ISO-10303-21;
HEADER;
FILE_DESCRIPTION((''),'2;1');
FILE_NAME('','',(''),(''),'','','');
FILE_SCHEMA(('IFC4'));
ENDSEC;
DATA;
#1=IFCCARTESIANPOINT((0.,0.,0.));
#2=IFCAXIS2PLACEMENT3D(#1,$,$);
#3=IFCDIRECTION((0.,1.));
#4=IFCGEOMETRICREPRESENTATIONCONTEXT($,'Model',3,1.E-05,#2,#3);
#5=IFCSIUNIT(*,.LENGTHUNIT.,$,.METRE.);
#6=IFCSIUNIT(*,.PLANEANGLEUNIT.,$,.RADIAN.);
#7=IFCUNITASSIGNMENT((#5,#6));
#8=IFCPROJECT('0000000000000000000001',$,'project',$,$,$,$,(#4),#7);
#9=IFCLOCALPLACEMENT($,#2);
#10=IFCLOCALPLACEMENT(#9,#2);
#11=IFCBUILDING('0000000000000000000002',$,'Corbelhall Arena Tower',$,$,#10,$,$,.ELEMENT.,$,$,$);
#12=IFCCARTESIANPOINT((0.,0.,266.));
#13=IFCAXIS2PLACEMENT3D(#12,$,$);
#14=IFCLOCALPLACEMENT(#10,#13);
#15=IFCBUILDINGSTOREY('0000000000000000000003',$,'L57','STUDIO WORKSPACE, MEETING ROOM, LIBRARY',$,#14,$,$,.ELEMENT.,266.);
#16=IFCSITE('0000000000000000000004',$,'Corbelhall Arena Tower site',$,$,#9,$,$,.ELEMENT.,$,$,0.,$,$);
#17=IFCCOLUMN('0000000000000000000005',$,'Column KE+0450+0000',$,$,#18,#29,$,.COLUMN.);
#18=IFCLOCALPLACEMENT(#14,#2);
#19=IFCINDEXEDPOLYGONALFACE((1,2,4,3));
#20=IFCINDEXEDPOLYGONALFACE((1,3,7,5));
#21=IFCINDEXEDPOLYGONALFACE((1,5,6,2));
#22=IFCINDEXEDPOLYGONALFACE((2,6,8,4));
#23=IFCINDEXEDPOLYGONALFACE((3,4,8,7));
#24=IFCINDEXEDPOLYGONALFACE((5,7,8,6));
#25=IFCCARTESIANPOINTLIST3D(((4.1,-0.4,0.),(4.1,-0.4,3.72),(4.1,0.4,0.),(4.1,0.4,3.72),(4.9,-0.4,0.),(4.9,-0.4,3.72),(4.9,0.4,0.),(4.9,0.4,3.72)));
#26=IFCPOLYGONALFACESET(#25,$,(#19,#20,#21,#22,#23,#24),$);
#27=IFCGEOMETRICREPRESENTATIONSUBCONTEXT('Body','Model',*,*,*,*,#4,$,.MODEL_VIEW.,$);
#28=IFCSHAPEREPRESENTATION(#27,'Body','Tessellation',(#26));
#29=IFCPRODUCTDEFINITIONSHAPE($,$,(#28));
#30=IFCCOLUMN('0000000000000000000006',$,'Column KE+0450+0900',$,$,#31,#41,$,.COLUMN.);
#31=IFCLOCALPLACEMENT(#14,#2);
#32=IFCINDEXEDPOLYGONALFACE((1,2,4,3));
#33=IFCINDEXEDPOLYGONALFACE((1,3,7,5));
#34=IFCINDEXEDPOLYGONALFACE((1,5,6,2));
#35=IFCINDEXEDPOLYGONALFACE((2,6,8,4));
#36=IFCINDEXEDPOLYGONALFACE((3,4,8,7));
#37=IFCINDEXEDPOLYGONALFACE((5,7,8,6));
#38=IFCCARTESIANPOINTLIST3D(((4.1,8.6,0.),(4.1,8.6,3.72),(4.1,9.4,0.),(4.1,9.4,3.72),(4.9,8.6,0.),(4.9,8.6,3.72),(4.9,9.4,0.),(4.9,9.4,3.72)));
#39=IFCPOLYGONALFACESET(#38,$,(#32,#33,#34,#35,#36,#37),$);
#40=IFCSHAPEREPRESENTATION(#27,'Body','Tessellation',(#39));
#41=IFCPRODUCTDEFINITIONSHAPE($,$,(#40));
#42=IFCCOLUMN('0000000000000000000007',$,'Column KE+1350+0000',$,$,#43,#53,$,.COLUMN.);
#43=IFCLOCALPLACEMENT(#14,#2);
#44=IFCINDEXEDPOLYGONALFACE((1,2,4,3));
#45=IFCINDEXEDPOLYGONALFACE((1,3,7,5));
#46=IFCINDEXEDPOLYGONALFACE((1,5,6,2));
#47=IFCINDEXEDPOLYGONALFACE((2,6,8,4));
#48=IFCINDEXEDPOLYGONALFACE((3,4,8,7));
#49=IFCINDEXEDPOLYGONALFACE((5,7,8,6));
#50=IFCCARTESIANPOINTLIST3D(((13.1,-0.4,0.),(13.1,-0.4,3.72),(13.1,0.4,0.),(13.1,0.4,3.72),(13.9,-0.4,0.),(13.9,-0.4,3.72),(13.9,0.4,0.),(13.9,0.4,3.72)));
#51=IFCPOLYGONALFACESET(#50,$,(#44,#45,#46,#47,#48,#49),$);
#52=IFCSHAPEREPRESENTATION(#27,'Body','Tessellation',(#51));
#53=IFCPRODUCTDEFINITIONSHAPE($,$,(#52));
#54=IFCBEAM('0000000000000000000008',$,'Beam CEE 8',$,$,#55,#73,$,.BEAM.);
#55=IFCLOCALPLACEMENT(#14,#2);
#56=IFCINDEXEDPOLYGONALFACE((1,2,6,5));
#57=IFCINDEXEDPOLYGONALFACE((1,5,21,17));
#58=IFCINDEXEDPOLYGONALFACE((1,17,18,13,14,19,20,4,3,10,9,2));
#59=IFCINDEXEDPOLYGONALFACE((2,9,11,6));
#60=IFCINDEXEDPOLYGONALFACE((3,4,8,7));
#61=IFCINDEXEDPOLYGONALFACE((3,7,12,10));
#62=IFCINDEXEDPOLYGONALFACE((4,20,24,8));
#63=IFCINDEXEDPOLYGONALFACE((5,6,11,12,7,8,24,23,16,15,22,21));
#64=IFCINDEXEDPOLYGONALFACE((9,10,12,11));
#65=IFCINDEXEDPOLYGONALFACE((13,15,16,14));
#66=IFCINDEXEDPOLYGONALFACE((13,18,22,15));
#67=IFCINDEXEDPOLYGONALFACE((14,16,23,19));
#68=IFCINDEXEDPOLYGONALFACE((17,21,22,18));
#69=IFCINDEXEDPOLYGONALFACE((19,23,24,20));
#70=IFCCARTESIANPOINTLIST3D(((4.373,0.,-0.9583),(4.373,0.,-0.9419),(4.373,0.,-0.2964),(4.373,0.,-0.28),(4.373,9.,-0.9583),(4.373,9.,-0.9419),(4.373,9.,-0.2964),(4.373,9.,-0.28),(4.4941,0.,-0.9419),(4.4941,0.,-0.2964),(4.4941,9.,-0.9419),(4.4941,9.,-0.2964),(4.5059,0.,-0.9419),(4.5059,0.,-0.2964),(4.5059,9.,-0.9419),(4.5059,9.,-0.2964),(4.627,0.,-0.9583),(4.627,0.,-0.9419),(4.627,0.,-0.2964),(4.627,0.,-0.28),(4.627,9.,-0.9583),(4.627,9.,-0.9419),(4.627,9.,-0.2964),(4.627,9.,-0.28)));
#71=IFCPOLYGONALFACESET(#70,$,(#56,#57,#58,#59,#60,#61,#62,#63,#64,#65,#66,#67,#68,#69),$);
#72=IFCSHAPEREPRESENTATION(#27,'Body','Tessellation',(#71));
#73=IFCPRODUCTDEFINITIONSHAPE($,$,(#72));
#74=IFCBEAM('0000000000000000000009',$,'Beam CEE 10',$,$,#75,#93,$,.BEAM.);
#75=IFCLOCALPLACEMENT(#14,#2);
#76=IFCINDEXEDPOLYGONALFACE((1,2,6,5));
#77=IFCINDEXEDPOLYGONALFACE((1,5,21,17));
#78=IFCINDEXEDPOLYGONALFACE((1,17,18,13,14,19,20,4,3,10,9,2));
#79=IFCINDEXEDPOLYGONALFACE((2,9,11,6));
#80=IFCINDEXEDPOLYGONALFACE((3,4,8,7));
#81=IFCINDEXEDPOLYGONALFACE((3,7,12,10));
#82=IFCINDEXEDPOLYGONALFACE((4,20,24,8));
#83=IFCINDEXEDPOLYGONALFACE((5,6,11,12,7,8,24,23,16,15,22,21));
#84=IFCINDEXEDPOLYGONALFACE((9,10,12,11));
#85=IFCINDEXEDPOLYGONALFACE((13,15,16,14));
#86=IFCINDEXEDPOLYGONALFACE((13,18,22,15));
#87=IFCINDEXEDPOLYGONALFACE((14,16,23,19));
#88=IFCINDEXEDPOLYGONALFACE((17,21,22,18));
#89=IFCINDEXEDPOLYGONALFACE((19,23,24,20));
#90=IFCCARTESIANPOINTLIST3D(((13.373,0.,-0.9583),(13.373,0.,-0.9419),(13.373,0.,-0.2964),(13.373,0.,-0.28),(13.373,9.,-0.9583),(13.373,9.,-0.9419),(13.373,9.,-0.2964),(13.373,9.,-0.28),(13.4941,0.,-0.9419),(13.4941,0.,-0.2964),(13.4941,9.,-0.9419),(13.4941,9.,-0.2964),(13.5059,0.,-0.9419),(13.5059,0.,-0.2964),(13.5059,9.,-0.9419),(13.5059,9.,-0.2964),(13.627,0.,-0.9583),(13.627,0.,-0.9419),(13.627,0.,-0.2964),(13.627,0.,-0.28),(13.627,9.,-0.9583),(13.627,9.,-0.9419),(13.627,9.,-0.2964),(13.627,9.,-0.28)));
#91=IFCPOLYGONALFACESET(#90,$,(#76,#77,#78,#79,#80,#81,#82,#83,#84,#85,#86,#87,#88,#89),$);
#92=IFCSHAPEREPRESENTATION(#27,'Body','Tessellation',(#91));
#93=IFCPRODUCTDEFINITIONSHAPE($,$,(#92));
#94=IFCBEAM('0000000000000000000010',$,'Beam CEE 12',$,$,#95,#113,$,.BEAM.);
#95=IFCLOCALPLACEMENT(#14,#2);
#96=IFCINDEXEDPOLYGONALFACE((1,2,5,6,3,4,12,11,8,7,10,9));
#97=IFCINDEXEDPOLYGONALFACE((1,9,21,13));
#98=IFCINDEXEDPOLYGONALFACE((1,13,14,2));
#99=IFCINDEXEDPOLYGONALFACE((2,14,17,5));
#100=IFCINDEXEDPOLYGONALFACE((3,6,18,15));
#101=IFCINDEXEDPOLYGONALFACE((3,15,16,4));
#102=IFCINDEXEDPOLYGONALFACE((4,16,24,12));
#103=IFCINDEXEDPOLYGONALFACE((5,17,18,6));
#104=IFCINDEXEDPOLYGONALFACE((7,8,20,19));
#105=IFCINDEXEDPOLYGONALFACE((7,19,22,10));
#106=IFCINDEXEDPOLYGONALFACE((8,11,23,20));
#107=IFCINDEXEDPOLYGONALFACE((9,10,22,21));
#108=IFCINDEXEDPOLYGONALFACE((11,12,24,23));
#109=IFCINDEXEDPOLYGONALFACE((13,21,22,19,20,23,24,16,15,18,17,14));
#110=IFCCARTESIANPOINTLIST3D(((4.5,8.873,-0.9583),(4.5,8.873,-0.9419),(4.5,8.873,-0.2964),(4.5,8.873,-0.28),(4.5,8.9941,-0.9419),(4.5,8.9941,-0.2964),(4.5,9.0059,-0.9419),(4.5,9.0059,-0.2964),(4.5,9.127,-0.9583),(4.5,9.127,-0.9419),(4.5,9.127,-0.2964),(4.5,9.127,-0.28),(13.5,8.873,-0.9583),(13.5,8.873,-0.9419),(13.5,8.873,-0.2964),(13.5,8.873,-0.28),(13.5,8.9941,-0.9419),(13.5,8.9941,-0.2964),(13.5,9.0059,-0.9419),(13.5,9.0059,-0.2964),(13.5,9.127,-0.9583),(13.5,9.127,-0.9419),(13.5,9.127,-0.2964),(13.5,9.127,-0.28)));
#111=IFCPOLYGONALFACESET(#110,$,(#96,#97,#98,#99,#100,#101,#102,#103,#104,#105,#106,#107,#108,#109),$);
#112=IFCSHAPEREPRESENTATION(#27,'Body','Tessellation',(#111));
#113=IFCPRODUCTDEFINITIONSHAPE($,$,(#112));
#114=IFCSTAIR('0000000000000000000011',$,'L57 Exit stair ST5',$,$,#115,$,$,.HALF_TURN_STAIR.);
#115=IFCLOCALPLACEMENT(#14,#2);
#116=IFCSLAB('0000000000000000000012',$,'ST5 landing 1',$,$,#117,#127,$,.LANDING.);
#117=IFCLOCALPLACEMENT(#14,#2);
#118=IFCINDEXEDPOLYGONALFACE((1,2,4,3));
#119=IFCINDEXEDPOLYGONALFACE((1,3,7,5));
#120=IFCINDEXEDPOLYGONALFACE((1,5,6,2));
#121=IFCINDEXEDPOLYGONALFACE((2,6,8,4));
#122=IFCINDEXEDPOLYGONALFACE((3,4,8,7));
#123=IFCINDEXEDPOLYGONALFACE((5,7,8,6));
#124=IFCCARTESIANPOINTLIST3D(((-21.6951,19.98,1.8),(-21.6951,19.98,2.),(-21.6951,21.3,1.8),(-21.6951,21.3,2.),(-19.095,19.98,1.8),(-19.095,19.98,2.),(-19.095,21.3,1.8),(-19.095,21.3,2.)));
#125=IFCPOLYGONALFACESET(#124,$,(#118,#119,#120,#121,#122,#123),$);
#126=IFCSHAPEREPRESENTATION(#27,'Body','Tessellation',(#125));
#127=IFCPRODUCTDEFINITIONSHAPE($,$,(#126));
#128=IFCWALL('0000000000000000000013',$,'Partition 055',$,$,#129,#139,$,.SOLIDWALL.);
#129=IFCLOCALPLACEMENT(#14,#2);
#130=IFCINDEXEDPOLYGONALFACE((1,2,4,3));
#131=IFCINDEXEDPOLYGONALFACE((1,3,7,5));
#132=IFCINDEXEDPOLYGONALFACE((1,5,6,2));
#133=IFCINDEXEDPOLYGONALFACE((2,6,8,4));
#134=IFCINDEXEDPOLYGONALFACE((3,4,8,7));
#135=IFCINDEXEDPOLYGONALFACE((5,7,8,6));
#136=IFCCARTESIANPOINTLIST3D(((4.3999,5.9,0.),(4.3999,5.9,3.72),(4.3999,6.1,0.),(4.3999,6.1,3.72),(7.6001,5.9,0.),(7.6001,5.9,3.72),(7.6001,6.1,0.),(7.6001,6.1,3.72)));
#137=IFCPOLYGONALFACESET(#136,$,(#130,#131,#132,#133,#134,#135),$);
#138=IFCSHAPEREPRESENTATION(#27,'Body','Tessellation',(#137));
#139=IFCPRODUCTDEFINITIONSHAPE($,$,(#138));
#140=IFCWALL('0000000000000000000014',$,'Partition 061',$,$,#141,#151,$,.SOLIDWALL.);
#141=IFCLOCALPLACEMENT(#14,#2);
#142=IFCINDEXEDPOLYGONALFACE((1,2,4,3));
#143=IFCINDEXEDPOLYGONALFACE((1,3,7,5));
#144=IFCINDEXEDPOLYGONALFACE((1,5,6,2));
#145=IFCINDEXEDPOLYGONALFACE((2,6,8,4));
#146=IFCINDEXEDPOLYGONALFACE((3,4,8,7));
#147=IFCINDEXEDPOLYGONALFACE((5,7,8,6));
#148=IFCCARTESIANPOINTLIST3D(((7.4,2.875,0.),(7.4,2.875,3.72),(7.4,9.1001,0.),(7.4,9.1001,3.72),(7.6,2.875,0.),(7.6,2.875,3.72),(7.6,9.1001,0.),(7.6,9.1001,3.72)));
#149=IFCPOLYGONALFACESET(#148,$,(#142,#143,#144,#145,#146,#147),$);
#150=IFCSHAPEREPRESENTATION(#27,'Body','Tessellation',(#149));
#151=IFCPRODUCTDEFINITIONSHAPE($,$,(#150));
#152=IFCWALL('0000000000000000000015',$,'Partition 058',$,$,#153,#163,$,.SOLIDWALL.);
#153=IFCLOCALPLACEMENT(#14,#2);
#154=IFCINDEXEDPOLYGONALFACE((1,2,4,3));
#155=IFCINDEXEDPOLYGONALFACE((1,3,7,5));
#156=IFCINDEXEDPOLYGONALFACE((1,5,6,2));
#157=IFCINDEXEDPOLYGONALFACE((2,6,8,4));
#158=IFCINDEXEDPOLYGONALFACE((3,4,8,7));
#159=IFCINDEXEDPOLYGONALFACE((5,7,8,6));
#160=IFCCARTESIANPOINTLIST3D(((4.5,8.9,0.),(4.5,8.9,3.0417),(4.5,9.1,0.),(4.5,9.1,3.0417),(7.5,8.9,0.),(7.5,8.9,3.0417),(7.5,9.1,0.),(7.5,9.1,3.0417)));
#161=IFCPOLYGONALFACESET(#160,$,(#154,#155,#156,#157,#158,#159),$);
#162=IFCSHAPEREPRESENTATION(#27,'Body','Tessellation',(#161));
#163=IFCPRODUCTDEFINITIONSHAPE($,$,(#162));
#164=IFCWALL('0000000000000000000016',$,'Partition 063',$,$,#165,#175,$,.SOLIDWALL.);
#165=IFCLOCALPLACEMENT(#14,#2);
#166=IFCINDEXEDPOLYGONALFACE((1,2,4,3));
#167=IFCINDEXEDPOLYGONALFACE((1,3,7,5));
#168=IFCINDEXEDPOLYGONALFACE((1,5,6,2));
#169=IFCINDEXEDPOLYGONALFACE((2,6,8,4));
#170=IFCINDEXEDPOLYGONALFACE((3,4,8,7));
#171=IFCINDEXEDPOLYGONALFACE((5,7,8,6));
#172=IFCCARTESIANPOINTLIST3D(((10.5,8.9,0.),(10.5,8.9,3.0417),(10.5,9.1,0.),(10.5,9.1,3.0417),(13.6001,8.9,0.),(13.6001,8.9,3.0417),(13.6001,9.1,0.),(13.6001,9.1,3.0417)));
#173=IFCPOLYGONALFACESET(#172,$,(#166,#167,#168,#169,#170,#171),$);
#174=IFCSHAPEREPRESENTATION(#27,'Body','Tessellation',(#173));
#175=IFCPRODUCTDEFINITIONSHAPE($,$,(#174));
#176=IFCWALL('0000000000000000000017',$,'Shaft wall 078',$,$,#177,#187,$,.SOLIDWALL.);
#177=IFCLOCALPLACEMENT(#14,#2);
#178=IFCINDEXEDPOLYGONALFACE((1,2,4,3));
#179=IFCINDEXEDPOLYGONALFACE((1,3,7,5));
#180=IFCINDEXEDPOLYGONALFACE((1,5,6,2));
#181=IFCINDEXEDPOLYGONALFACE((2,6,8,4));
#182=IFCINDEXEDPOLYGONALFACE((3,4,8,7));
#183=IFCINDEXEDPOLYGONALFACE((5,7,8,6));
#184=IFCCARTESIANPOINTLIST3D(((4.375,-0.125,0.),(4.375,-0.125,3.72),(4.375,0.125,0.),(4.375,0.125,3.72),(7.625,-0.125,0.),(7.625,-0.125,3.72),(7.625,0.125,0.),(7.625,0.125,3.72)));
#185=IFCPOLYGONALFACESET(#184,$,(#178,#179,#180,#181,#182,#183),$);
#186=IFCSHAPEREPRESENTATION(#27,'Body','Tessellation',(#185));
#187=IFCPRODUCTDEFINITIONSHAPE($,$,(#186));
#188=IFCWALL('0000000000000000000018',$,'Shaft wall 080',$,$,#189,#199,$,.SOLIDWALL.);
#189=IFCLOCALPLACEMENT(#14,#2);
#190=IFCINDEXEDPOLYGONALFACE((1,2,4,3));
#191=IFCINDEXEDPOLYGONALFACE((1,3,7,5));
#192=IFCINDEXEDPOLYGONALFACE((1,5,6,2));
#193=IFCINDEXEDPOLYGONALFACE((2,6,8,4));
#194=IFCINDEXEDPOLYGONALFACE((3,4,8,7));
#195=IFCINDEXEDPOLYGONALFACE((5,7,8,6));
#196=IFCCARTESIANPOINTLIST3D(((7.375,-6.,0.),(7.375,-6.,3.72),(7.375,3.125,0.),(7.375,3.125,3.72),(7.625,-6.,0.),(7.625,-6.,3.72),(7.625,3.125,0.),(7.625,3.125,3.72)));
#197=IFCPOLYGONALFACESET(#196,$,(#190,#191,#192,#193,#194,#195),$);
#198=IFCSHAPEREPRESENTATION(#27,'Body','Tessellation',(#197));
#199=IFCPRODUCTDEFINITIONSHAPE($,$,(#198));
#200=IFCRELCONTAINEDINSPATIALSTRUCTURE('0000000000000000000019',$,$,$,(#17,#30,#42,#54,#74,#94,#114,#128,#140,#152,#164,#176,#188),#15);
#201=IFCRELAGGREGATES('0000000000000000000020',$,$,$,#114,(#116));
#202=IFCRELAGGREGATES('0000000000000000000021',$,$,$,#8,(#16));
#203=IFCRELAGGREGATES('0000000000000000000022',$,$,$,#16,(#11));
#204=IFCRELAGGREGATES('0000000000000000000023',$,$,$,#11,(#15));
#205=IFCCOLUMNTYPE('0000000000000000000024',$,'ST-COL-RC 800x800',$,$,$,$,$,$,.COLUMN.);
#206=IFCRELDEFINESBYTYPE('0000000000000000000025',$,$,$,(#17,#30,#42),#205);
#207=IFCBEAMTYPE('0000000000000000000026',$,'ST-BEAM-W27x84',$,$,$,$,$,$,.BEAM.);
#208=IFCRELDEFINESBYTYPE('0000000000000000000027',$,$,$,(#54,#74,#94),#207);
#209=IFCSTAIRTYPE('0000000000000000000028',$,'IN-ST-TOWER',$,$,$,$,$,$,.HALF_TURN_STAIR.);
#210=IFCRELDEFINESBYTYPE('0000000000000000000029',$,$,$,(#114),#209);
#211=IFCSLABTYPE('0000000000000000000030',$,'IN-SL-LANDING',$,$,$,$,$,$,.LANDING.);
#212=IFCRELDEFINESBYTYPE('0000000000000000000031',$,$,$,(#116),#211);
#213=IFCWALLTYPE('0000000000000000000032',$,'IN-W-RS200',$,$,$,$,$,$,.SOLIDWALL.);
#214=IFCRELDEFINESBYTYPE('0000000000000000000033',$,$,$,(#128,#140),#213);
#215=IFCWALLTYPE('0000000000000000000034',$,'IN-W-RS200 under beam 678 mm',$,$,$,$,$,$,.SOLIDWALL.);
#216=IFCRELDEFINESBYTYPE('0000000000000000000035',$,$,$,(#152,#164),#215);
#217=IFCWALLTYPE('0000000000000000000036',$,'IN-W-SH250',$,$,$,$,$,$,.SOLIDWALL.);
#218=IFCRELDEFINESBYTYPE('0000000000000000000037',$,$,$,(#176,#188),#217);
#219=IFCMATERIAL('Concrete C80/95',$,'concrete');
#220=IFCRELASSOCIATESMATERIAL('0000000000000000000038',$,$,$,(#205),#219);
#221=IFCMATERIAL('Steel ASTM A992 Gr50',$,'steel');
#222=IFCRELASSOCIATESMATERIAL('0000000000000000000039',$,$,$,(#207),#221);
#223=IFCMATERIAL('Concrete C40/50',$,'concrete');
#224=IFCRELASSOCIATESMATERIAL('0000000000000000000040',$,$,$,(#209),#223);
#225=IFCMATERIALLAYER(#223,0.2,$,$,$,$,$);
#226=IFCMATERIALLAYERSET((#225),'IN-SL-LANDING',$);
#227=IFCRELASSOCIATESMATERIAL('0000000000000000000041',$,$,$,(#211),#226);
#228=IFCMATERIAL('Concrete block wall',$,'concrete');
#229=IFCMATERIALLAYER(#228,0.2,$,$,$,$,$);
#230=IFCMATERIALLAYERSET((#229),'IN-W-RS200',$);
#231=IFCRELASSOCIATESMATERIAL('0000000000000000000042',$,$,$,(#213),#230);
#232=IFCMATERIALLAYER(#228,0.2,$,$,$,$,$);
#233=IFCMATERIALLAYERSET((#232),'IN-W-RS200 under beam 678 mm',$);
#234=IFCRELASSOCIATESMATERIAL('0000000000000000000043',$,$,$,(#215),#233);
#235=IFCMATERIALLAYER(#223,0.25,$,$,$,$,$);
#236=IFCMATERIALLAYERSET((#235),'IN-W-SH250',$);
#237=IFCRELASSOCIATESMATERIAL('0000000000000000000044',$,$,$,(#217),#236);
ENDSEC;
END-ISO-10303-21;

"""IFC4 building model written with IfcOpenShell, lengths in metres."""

from ifc_helpers import new_model, si_unit, direction, frame, frame_2d, origin, origin_2d, place, context, subcontext, project, spatial, polyline, rectangle, i_section, outline, extrude, material, layer, layer_set, material_profile, profile_set, type_object, element, aggregate, save


model = new_model("IFC4")

# Units and contexts
model_context = context("Model", 3, precision=1e-05, world=origin(), true_north=direction((0.0, 1.0)))
body_context = subcontext(model_context, "Body", "Model", "MODEL_VIEW")
ifc_project = project(units=[si_unit("LENGTHUNIT", "METRE"), si_unit("PLANEANGLEUNIT", "RADIAN")], contexts=[model_context])

# Site, building, storey
site_placement = place(None, origin())
site = spatial("IfcSite", under=ifc_project, at=site_placement, Name="Corbelhall Arena Tower site", CompositionType="ELEMENT", RefElevation=0.0)
building_placement = place(site_placement, origin())
building = spatial("IfcBuilding", under=site, at=building_placement, Name="Corbelhall Arena Tower", CompositionType="ELEMENT")
storey_placement = place(building_placement, frame((0.0, 0.0, 266.0)))
storey = spatial("IfcBuildingStorey", under=building, at=storey_placement, Name="L57", Description="STUDIO WORKSPACE, MEETING ROOM, LIBRARY", CompositionType="ELEMENT", Elevation=266.0)

# Columns
ifc_material_1 = material(Name="Concrete C80/95", Category="concrete")
ifc_material_profile_1 = material_profile(ifc_material_1, rectangle(XDim=0.8, YDim=0.8, at=origin_2d()))
ifc_profile_set_1 = profile_set([ifc_material_profile_1], Name="Concrete C80/95")
column_type = type_object("IfcColumnType", Name="ST-COL-RC 800x800", PredefinedType="COLUMN", material=ifc_profile_set_1)
for number, where, z_axis, x_axis, name in (
    (1, (4.5, 0.0, 0.0), (0.0, 0.0, 1.0), (1.0, 0.0, 0.0), "Column KE+0450+0000"),
    (2, (4.5, 9.0, 0.0), (0.0, 0.0, 1.0), (1.0, 0.0, 0.0), "Column KE+0450+0900"),
    (3, (13.5, 0.0, 0.0), (0.0, 0.0, 1.0), (1.0, 0.0, 0.0), "Column KE+1350+0000"),
):
    element("IfcColumn", number, at=place(storey_placement, frame(where, z_axis=z_axis, x_axis=x_axis)), inside=storey, type_object=column_type, Name=name, PredefinedType="COLUMN", context=body_context, shape_type="SweptSolid", body=[
        extrude(rectangle(XDim=0.8, YDim=0.8, at=origin_2d()), origin(), (0.0, 0.0, 1.0), 3.72),
    ])

# Beams
ifc_material_2 = material(Name="Steel ASTM A992 Gr50", Category="steel")
ifc_material_profile_2 = material_profile(ifc_material_2, i_section(OverallWidth=0.2539, OverallDepth=0.6782, WebThickness=0.0117, FlangeThickness=0.0164, at=origin_2d()))
ifc_profile_set_2 = profile_set([ifc_material_profile_2], Name="Steel ASTM A992 Gr50")
beam_type = type_object("IfcBeamType", Name="ST-BEAM-W27x84", PredefinedType="BEAM", material=ifc_profile_set_2)
for number, where, z_axis, x_axis, name in (
    (4, (4.5, 0.0, -0.6191), (0.0, 1.0, 0.0), (-1.0, 0.0, 0.0), "Beam CEE 8"),
    (5, (13.5, 0.0, -0.6191), (0.0, 1.0, 0.0), (-1.0, 0.0, 0.0), "Beam CEE 10"),
    (6, (4.5, 9.0, -0.6191), (1.0, 0.0, 0.0), (0.0, 1.0, 0.0), "Beam CEE 12"),
):
    element("IfcBeam", number, at=place(storey_placement, frame(where, z_axis=z_axis, x_axis=x_axis)), inside=storey, type_object=beam_type, Name=name, PredefinedType="BEAM", context=body_context, shape_type="SweptSolid", body=[
        extrude(i_section(OverallWidth=0.2539, OverallDepth=0.6782, WebThickness=0.0117, FlangeThickness=0.0164, at=origin_2d()), origin(), (0.0, 0.0, 1.0), 9.0),
    ])

# Stair, slab
ifc_material_3 = material(Name="Concrete C40/50", Category="concrete")
stair_type = type_object("IfcStairType", Name="IN-ST-TOWER", PredefinedType="HALF_TURN_STAIR", material=ifc_material_3)
stair_placement = place(storey_placement, origin())
stair = element("IfcStair", 7, at=stair_placement, inside=storey, type_object=stair_type, Name="L57 Exit stair ST5", PredefinedType="HALF_TURN_STAIR")
ifc_layer_1 = layer(ifc_material_3, 0.2)
ifc_layer_set_1 = layer_set([ifc_layer_1], Name="IN-SL-LANDING")
slab_type = type_object("IfcSlabType", Name="IN-SL-LANDING", PredefinedType="LANDING", material=ifc_layer_set_1)
slab_placement = place(storey_placement, frame((0.0, 0.0, 1.8)))
slab = element("IfcSlab", 8, at=slab_placement, type_object=slab_type, Name="ST5 landing 1", PredefinedType="LANDING", context=body_context, shape_type="SweptSolid", body=[
    extrude(outline(polyline([(-19.095, 19.98), (-19.095, 21.3), (-21.6951, 21.3), (-21.6951, 19.98), (-19.095, 19.98)])), origin(), (0.0, 0.0, 1.0), 0.2),
])
aggregate(stair, [slab])

# Walls
ifc_material_4 = material(Name="Concrete block wall", Category="concrete")
ifc_layer_2 = layer(ifc_material_4, 0.2)
ifc_layer_set_2 = layer_set([ifc_layer_2], Name="IN-W-RS200")
wall_type_1 = type_object("IfcWallType", Name="IN-W-RS200", PredefinedType="SOLIDWALL", material=ifc_layer_set_2)
wall_1_placement = place(storey_placement, frame((4.3999, 6.0, 0.0), z_axis=(0.0, 0.0, 1.0), x_axis=(1.0, 0.0, 0.0)))
element("IfcWall", 9, at=wall_1_placement, inside=storey, type_object=wall_type_1, Name="Partition 055", PredefinedType="SOLIDWALL", context=body_context, shape_type="SweptSolid", body=[
    extrude(rectangle(XDim=3.2002, YDim=0.2, at=frame_2d((1.6001, 0.0))), origin(), (0.0, 0.0, 1.0), 3.72),
])
wall_2_placement = place(storey_placement, frame((7.5, 9.1001, 0.0), z_axis=(0.0, 0.0, 1.0), x_axis=(0.0, -1.0, 0.0)))
element("IfcWall", 10, at=wall_2_placement, inside=storey, type_object=wall_type_1, Name="Partition 061", PredefinedType="SOLIDWALL", context=body_context, shape_type="SweptSolid", body=[
    extrude(rectangle(XDim=6.2251, YDim=0.2, at=frame_2d((3.1125, 0.0))), origin(), (0.0, 0.0, 1.0), 3.72),
])

# Shared definitions
ifc_layer_3 = layer(ifc_material_4, 0.2)
ifc_layer_set_3 = layer_set([ifc_layer_3], Name="IN-W-RS200 under beam 678 mm")
wall_type_2 = type_object("IfcWallType", Name="IN-W-RS200 under beam 678 mm", PredefinedType="SOLIDWALL", material=ifc_layer_set_3)

# Walls
wall_3_placement = place(storey_placement, frame((4.5, 9.0, 0.0), z_axis=(0.0, 0.0, 1.0), x_axis=(1.0, 0.0, 0.0)))
element("IfcWall", 11, at=wall_3_placement, inside=storey, type_object=wall_type_2, Name="Partition 058", PredefinedType="SOLIDWALL", context=body_context, shape_type="SweptSolid", body=[
    extrude(rectangle(XDim=3.0, YDim=0.2, at=frame_2d((1.5, 0.0))), origin(), (0.0, 0.0, 1.0), 3.0417),
])
wall_4_placement = place(storey_placement, frame((10.5, 9.0, 0.0), z_axis=(0.0, 0.0, 1.0), x_axis=(1.0, 0.0, 0.0)))
element("IfcWall", 12, at=wall_4_placement, inside=storey, type_object=wall_type_2, Name="Partition 063", PredefinedType="SOLIDWALL", context=body_context, shape_type="SweptSolid", body=[
    extrude(rectangle(XDim=3.1001, YDim=0.2, at=frame_2d((1.55, 0.0))), origin(), (0.0, 0.0, 1.0), 3.0417),
])
ifc_layer_4 = layer(ifc_material_3, 0.25)
ifc_layer_set_4 = layer_set([ifc_layer_4], Name="IN-W-SH250")
wall_type_3 = type_object("IfcWallType", Name="IN-W-SH250", PredefinedType="SOLIDWALL", material=ifc_layer_set_4)
wall_5_placement = place(storey_placement, frame((4.375, 0.0, 0.0), z_axis=(0.0, 0.0, 1.0), x_axis=(1.0, 0.0, 0.0)))
element("IfcWall", 13, at=wall_5_placement, inside=storey, type_object=wall_type_3, Name="Shaft wall 078", PredefinedType="SOLIDWALL", context=body_context, shape_type="SweptSolid", body=[
    extrude(rectangle(XDim=3.25, YDim=0.25, at=frame_2d((1.625, 0.0))), origin(), (0.0, 0.0, 1.0), 3.72),
])
wall_6_placement = place(storey_placement, frame((7.5, 3.125, 0.0), z_axis=(0.0, 0.0, 1.0), x_axis=(0.0, -1.0, 0.0)))
element("IfcWall", 14, at=wall_6_placement, inside=storey, type_object=wall_type_3, Name="Shaft wall 080", PredefinedType="SOLIDWALL", context=body_context, shape_type="SweptSolid", body=[
    extrude(rectangle(XDim=9.125, YDim=0.25, at=frame_2d((4.5625, 0.0))), origin(), (0.0, 0.0, 1.0), 3.72),
])

save(model, "model.ifc")
